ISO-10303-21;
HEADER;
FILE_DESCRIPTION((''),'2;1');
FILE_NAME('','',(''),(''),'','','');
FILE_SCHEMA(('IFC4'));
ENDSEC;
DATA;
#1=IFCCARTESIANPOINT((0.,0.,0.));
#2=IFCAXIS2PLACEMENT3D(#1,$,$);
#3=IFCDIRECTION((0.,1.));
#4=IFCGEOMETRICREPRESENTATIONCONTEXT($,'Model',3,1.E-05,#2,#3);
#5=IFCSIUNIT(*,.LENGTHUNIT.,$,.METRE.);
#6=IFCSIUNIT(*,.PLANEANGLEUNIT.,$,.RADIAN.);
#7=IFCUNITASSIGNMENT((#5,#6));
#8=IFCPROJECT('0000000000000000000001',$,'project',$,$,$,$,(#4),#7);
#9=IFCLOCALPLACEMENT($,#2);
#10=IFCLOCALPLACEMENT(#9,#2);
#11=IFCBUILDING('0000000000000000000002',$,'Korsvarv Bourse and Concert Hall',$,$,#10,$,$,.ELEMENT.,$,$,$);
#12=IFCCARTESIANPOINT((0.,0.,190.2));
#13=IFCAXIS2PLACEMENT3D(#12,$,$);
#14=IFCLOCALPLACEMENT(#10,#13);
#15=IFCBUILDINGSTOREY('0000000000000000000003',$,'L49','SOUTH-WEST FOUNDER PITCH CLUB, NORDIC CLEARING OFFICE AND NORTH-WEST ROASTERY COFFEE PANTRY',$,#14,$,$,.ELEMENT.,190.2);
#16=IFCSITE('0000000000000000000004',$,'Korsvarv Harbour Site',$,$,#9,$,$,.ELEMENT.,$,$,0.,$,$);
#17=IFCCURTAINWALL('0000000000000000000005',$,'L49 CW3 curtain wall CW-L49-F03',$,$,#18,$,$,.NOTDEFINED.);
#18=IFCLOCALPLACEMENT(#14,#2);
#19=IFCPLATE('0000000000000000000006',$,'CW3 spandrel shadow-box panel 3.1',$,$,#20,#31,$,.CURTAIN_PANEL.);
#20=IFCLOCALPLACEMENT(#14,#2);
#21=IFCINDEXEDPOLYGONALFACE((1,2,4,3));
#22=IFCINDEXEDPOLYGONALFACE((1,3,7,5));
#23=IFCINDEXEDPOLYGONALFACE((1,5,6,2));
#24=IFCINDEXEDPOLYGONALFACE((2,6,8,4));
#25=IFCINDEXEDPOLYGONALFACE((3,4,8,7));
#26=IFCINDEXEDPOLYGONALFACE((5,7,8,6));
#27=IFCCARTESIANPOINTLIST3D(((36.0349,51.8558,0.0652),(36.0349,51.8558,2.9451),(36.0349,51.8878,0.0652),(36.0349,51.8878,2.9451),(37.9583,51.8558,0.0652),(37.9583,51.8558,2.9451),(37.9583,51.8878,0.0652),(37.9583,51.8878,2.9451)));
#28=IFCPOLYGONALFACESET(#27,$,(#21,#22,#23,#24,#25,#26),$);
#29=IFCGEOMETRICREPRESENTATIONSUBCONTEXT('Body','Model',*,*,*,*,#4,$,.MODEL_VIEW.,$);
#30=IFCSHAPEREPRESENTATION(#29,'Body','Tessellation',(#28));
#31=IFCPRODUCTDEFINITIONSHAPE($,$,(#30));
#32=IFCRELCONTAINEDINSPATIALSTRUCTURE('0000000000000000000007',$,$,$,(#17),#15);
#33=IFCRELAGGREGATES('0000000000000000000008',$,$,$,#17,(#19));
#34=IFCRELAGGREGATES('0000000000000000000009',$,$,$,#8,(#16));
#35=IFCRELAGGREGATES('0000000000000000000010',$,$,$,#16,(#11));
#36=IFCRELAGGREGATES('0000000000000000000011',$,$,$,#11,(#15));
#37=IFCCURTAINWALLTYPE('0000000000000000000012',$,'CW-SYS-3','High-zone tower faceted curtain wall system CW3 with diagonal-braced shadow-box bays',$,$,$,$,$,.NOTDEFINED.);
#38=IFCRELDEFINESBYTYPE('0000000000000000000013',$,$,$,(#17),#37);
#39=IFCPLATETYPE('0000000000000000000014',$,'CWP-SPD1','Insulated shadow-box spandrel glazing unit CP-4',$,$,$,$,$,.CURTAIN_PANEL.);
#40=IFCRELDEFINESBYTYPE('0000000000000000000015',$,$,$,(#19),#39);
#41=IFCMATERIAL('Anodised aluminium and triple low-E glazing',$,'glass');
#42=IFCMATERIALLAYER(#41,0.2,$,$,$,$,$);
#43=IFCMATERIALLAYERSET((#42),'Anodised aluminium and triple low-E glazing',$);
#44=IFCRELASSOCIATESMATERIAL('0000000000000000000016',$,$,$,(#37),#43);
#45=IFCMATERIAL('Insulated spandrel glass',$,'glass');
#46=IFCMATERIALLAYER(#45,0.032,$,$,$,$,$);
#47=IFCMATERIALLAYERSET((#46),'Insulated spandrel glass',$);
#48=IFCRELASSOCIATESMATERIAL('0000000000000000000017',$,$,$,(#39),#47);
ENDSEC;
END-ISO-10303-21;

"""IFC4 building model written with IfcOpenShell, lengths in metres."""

from ifc_helpers import new_model, si_unit, direction, frame, origin, origin_2d, place, context, subcontext, project, spatial, rectangle, extrude, source, transform, mapped, material, layer, layer_set, type_object, element, aggregate, save


model = new_model("IFC4")

# Units and contexts
model_context = context("Model", 3, precision=1e-05, world=origin(), true_north=direction((0.0, 1.0)))
body_context = subcontext(model_context, "Body", "Model", "MODEL_VIEW")
ifc_project = project(units=[si_unit("LENGTHUNIT", "METRE"), si_unit("PLANEANGLEUNIT", "RADIAN")], contexts=[model_context])

# Site, building, storey
site_placement = place(None, origin())
site = spatial("IfcSite", under=ifc_project, at=site_placement, Name="Korsvarv Harbour Site", CompositionType="ELEMENT", RefElevation=0.0)
building_placement = place(site_placement, origin())
building = spatial("IfcBuilding", under=site, at=building_placement, Name="Korsvarv Bourse and Concert Hall", CompositionType="ELEMENT")
storey_placement = place(building_placement, frame((0.0, 0.0, 190.2)))
storey = spatial("IfcBuildingStorey", under=building, at=storey_placement, Name="L49", Description="SOUTH-WEST FOUNDER PITCH CLUB, NORDIC CLEARING OFFICE AND NORTH-WEST ROASTERY COFFEE PANTRY", CompositionType="ELEMENT", Elevation=190.2)

# Curtain wall, plate
ifc_material_1 = material(Name="Anodised aluminium and triple low-E glazing", Category="glass")
ifc_layer_1 = layer(ifc_material_1, 0.2)
ifc_layer_set_1 = layer_set([ifc_layer_1], Name="Anodised aluminium and triple low-E glazing")
curtain_wall_type = type_object("IfcCurtainWallType", Name="CW-SYS-3", Description="High-zone tower faceted curtain wall system CW3 with diagonal-braced shadow-box bays", PredefinedType="NOTDEFINED", material=ifc_layer_set_1)
curtain_wall_placement = place(storey_placement, origin())
curtain_wall = element("IfcCurtainWall", 1, at=curtain_wall_placement, inside=storey, type_object=curtain_wall_type, Name="L49 CW3 curtain wall CW-L49-F03", PredefinedType="NOTDEFINED")
ifc_material_2 = material(Name="Insulated spandrel glass", Category="glass")
ifc_layer_2 = layer(ifc_material_2, 0.032)
ifc_layer_set_2 = layer_set([ifc_layer_2], Name="Insulated spandrel glass")
plate_type_1 = type_object("IfcPlateType", Name="CWP-SPD1", Description="Insulated shadow-box spandrel glazing unit CP-4", PredefinedType="CURTAIN_PANEL", material=ifc_layer_set_2)
shared_shape_1 = source(origin(), body_context, "Body", "SweptSolid", [
    extrude(rectangle(XDim=1.9233, YDim=0.032, at=origin_2d()), origin(), (0.0, 0.0, 1.0), 2.8799),
])
plate_1_placement = place(storey_placement, frame((36.9966, 51.8718, 0.0652), z_axis=(0.0, 0.0, 1.0), x_axis=(-1.0, 0.0, 0.0)))
plate_1 = element("IfcPlate", 2, at=plate_1_placement, type_object=plate_type_1, Name="CW3 spandrel shadow-box panel 3.1", PredefinedType="CURTAIN_PANEL", context=body_context, shape_type="MappedRepresentation", body=[
    mapped(shared_shape_1, transform((0.0, 0.0, 0.0), scale=1.0)),
])
aggregate(curtain_wall, [plate_1])

save(model, "model.ifc")
